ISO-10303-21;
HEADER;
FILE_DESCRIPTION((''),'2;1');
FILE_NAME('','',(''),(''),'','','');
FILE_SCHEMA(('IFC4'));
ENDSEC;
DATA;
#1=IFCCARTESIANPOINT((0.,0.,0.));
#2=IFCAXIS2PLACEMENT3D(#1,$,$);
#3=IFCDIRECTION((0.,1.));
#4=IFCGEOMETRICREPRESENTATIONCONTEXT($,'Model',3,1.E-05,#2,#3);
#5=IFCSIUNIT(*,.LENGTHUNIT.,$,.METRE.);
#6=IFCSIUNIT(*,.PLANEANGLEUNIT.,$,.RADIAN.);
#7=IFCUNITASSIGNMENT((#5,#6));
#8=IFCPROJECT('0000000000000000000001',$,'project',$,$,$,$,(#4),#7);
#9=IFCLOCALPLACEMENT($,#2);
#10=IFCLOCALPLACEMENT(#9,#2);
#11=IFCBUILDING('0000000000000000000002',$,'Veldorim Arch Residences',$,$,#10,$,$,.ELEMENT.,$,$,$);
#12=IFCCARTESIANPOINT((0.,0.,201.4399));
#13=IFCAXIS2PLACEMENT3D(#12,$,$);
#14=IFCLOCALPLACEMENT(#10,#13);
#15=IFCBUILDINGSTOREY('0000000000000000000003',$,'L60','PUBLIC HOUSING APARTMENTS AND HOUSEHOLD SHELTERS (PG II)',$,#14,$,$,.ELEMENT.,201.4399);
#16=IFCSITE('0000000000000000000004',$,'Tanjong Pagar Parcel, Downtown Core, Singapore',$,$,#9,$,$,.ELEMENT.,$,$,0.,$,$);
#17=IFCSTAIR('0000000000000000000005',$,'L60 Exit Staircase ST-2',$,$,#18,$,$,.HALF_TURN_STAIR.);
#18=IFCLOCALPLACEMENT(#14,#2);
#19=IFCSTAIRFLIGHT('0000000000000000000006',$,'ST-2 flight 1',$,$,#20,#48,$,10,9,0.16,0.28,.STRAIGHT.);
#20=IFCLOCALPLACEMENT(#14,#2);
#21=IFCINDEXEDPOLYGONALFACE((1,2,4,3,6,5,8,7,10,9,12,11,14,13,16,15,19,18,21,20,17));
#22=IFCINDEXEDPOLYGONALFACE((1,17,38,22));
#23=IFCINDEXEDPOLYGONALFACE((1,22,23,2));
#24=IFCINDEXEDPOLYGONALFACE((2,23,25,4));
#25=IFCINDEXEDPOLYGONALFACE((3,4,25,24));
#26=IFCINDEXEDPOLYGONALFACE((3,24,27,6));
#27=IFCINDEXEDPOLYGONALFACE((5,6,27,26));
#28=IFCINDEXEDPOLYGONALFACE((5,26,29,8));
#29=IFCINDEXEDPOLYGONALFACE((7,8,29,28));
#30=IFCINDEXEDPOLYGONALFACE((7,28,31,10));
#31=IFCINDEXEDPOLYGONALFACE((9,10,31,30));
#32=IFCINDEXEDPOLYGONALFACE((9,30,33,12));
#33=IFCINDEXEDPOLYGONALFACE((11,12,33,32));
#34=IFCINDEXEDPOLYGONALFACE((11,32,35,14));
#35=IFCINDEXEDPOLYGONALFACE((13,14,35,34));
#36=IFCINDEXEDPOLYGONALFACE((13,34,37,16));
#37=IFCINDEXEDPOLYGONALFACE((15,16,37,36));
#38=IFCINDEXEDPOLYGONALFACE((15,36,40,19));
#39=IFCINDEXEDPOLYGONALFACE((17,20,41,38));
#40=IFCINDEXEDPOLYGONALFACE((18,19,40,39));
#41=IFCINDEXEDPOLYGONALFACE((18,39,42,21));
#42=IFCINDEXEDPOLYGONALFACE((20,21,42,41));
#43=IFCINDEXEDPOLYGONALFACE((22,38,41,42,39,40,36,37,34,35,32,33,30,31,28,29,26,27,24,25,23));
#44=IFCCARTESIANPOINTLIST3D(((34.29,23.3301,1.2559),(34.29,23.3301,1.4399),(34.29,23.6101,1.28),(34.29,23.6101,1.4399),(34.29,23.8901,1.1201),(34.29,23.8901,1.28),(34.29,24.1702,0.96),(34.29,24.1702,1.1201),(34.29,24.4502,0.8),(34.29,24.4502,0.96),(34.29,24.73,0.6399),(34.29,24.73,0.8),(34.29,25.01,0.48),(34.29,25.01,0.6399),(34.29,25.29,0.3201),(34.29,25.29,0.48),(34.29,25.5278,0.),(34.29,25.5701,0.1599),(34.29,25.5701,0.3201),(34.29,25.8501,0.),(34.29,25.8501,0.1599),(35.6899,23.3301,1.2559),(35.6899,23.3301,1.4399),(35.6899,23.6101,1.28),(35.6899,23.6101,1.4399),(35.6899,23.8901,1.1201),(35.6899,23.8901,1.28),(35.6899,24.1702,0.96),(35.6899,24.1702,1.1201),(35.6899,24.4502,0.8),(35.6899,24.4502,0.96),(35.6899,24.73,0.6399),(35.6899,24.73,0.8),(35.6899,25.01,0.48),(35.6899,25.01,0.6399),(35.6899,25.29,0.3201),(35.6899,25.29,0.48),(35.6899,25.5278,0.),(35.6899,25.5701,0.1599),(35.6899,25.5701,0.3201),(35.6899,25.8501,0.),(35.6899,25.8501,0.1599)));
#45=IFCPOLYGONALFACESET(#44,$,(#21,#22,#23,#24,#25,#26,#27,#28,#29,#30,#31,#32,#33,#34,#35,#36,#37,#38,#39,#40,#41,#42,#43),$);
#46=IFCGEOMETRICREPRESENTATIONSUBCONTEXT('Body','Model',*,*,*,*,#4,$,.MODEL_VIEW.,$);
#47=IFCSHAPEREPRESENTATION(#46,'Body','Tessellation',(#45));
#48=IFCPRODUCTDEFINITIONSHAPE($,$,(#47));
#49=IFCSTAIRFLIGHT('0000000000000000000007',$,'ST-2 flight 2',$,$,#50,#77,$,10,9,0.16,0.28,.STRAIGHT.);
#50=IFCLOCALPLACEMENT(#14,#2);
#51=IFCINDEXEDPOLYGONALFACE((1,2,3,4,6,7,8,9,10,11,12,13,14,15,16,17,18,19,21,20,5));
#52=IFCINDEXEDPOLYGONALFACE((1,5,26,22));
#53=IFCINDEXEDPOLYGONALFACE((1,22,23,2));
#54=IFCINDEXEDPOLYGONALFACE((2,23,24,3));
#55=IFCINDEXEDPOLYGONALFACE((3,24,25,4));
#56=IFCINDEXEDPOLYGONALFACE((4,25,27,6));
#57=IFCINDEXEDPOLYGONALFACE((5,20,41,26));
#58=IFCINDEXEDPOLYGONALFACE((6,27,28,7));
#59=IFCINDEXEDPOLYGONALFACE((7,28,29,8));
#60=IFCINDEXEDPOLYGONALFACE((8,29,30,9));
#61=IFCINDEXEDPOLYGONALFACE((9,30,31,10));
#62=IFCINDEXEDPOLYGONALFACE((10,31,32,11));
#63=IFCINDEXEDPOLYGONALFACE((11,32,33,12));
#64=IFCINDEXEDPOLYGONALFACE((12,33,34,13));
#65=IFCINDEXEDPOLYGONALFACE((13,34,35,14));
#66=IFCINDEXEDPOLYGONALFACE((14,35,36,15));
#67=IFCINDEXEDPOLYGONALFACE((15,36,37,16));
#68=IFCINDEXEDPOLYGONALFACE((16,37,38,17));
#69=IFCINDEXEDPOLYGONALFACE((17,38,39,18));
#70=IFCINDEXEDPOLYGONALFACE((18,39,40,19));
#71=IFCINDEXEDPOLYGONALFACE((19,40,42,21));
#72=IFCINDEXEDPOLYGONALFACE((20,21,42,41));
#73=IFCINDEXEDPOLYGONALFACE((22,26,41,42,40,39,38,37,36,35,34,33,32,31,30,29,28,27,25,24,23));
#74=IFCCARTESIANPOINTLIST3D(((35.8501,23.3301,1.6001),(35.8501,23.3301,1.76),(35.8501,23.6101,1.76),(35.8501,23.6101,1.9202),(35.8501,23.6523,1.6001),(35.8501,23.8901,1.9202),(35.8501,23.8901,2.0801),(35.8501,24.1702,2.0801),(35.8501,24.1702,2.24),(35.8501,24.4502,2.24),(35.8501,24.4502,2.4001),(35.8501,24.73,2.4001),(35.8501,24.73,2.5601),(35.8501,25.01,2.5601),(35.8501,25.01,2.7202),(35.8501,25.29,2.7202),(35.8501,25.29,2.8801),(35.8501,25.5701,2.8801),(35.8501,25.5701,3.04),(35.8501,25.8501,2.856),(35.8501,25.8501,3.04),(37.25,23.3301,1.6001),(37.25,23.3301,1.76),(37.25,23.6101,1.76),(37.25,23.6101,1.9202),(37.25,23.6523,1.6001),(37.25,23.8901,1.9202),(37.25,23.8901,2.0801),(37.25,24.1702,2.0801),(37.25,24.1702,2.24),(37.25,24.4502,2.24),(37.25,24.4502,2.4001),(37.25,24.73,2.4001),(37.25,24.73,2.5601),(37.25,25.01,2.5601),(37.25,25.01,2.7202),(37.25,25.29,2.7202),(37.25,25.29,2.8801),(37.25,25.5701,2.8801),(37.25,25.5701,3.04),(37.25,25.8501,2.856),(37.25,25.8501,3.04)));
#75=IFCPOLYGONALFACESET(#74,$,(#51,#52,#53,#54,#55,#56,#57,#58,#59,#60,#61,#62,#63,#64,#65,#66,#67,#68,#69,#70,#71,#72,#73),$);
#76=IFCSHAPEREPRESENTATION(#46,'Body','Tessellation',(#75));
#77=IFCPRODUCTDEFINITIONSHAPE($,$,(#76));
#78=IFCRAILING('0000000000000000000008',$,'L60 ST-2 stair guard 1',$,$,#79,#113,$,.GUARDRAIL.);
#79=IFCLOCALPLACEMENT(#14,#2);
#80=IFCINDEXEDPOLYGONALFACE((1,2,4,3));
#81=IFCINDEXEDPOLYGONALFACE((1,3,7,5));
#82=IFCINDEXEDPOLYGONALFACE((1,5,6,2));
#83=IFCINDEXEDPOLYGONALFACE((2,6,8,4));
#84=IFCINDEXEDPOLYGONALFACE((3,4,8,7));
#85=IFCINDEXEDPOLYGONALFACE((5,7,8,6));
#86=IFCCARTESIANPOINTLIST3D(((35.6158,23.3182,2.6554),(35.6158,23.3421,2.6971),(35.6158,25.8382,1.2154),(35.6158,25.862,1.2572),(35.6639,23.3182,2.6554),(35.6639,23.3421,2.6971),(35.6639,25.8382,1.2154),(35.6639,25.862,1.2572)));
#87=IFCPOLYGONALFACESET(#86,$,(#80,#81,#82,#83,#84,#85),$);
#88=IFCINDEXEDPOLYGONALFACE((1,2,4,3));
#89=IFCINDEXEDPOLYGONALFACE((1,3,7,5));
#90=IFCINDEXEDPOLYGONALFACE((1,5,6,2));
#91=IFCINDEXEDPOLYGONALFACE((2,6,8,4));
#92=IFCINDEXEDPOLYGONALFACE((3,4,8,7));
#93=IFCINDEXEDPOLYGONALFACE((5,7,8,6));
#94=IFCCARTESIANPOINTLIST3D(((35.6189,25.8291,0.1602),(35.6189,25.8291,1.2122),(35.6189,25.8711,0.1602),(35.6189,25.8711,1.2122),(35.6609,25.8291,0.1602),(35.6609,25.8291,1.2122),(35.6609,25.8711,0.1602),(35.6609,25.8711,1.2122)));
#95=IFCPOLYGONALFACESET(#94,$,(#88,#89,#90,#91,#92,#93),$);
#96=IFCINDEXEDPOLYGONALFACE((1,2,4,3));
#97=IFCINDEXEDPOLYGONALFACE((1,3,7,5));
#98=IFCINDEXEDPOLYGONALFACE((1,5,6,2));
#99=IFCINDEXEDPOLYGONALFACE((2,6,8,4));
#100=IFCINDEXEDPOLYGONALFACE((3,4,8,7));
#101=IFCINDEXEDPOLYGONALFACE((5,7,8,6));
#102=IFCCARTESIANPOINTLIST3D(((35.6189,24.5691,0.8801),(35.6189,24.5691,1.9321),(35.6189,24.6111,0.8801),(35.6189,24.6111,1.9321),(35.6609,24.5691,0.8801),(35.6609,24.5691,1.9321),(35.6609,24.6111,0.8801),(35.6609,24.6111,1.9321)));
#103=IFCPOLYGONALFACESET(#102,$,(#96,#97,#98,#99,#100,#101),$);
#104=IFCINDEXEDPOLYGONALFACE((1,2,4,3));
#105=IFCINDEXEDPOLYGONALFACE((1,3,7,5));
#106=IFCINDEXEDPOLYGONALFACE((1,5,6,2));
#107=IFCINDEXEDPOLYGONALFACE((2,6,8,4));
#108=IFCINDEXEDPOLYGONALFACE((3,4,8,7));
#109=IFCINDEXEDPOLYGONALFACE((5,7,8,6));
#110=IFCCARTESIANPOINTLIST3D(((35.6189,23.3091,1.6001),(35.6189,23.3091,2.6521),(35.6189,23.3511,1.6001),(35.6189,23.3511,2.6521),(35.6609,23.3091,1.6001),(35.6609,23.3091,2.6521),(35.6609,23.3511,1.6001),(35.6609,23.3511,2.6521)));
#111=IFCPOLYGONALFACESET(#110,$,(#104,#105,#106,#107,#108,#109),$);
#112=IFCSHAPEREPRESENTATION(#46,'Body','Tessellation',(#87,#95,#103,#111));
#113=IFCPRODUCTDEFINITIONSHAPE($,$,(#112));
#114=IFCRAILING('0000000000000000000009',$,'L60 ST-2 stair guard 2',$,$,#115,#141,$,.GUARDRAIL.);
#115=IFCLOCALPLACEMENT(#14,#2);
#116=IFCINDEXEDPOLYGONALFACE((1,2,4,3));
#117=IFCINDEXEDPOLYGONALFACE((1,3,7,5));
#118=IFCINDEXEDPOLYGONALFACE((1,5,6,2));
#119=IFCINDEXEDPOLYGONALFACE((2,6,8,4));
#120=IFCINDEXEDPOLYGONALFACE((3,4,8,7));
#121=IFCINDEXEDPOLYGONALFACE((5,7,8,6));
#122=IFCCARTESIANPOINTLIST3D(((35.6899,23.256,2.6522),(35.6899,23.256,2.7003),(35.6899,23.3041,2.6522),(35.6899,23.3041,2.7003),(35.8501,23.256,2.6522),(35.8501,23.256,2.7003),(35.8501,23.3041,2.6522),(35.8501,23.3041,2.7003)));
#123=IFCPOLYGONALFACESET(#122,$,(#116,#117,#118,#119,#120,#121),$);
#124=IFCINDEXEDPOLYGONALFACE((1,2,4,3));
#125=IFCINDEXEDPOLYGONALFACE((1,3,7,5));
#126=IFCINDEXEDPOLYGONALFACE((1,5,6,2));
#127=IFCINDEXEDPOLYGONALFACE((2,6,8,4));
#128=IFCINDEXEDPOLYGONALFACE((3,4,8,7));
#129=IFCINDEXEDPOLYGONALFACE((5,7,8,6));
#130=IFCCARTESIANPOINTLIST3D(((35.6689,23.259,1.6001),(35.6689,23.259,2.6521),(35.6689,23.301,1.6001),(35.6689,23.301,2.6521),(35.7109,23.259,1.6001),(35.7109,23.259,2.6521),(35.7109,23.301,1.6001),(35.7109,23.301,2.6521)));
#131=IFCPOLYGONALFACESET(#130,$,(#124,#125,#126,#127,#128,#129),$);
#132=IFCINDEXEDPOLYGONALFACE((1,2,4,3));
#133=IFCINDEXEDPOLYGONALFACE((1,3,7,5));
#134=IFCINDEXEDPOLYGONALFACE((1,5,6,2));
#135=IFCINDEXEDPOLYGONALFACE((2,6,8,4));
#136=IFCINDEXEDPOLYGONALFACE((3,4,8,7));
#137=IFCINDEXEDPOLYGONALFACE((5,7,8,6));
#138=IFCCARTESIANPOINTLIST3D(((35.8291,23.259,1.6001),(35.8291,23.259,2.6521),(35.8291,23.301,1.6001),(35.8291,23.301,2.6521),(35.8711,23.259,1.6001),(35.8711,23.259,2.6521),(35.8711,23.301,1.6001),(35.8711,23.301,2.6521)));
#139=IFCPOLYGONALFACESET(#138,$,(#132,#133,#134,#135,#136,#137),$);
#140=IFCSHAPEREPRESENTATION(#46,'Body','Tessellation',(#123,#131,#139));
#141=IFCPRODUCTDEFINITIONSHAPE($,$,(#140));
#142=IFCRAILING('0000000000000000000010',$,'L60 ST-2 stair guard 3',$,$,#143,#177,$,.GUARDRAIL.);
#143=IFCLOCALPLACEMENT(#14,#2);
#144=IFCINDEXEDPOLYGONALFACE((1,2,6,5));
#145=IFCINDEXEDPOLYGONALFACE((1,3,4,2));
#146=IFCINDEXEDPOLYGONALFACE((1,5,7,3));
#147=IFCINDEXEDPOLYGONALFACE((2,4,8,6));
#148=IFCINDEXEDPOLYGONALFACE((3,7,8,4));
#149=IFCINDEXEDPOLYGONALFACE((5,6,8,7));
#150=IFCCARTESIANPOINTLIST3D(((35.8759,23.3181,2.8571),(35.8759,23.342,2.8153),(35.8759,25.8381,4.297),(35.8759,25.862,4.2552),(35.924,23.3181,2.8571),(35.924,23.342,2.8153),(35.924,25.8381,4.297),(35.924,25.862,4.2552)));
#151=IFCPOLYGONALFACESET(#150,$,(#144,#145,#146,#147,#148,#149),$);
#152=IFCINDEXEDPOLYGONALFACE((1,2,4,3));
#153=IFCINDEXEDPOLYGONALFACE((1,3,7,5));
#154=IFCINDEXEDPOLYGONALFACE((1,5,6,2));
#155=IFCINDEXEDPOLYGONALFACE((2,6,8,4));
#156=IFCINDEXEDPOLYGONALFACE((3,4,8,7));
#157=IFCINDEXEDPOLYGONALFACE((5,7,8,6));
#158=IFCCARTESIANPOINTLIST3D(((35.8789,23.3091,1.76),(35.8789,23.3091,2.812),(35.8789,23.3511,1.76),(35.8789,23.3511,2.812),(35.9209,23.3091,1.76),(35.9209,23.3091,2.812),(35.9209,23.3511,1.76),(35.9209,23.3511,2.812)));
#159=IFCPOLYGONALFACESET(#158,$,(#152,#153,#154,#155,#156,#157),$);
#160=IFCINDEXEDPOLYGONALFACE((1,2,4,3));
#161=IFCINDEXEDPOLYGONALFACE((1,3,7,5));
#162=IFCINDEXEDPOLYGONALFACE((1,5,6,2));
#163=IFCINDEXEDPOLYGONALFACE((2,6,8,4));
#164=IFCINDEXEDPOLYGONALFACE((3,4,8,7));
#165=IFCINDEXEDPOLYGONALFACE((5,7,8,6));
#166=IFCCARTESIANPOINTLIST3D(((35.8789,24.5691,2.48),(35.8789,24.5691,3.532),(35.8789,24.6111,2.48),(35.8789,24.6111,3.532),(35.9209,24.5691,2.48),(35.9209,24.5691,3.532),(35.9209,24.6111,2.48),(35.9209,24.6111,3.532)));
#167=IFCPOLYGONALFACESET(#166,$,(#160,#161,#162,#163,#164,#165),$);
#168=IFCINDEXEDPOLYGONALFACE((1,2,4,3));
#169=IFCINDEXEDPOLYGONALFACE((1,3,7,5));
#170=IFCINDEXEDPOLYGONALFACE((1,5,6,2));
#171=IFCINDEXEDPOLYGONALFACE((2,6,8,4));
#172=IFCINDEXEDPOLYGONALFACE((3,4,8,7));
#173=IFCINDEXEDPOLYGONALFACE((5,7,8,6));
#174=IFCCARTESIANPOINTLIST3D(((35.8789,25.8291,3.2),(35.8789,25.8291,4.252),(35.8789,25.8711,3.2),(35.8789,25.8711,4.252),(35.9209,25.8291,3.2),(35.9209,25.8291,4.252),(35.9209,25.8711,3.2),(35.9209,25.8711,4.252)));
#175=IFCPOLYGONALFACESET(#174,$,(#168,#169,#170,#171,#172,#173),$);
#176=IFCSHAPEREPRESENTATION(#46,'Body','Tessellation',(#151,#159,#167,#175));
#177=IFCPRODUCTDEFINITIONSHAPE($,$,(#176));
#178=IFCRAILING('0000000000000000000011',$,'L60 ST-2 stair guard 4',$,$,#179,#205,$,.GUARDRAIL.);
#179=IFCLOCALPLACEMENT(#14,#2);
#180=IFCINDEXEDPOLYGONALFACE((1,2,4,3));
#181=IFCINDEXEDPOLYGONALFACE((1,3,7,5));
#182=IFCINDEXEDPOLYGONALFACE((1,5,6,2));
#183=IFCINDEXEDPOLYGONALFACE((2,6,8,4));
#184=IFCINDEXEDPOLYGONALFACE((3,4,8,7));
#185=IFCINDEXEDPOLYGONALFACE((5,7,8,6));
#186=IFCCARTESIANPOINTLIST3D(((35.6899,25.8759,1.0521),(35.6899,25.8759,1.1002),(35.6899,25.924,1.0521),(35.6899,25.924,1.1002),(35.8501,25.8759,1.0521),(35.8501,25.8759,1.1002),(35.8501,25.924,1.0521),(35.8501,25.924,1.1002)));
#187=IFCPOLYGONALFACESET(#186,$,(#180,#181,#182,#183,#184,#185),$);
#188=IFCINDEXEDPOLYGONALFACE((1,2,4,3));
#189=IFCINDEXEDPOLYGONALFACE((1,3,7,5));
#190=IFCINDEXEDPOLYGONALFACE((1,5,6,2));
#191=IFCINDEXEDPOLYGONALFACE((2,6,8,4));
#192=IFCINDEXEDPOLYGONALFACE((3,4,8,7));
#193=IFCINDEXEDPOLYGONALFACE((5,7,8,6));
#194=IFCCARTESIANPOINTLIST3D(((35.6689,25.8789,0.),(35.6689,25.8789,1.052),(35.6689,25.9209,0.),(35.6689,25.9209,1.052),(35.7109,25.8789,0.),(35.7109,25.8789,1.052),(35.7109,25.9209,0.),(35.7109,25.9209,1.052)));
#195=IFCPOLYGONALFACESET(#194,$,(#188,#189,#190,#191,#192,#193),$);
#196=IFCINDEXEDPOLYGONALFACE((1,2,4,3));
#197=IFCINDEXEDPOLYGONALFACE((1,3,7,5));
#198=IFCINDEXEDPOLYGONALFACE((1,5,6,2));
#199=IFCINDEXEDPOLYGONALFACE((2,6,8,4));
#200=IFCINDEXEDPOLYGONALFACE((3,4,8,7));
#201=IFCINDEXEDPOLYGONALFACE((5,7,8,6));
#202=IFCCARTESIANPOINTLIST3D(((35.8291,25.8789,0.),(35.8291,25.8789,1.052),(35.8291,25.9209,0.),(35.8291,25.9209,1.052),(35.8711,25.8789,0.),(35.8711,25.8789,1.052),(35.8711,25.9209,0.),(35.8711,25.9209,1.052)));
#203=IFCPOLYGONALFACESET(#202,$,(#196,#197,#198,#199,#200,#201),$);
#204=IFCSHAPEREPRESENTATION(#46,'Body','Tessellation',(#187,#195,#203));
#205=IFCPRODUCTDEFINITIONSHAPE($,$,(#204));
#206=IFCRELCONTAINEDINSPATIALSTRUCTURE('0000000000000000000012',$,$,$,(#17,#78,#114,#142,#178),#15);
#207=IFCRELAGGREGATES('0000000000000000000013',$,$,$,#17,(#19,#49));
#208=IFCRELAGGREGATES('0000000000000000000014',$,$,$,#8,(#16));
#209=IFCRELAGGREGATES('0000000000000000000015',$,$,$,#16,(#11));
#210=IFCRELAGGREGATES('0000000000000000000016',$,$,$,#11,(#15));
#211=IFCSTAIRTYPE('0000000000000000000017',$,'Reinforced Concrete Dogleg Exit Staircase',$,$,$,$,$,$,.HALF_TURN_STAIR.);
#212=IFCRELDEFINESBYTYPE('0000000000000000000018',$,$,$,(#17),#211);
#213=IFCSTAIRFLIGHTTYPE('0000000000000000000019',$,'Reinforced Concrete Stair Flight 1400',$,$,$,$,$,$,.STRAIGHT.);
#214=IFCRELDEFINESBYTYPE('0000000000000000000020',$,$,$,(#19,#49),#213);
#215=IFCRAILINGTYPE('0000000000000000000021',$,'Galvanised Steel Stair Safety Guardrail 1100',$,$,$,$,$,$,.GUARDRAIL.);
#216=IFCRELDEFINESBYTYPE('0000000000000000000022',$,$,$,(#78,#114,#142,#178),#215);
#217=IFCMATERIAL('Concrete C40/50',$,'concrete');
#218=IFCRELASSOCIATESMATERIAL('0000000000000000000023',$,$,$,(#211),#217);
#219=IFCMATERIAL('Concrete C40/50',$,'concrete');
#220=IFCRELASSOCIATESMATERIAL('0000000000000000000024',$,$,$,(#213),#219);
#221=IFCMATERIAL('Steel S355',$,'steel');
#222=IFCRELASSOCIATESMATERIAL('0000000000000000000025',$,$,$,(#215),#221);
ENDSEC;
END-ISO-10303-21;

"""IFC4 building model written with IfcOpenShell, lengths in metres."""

from ifc_helpers import new_model, si_unit, direction, frame, origin, origin_2d, place, context, subcontext, project, spatial, polyline, rectangle, outline, extrude, material, type_object, element, aggregate, save


model = new_model("IFC4")

# Units and contexts
model_context = context("Model", 3, precision=1e-05, world=origin(), true_north=direction((0.0, 1.0)))
body_context = subcontext(model_context, "Body", "Model", "MODEL_VIEW")
ifc_project = project(units=[si_unit("LENGTHUNIT", "METRE"), si_unit("PLANEANGLEUNIT", "RADIAN")], contexts=[model_context])

# Site, building, storey
site_placement = place(None, origin())
site = spatial("IfcSite", under=ifc_project, at=site_placement, Name="Tanjong Pagar Parcel, Downtown Core, Singapore", CompositionType="ELEMENT", RefElevation=0.0)
building_placement = place(site_placement, origin())
building = spatial("IfcBuilding", under=site, at=building_placement, Name="Veldorim Arch Residences", CompositionType="ELEMENT")
storey_placement = place(building_placement, frame((0.0, 0.0, 201.4399)))
storey = spatial("IfcBuildingStorey", under=building, at=storey_placement, Name="L60", Description="PUBLIC HOUSING APARTMENTS AND HOUSEHOLD SHELTERS (PG II)", CompositionType="ELEMENT", Elevation=201.4399)

# Stair, stair flights
ifc_material_1 = material(Name="Concrete C40/50", Category="concrete")
stair_type = type_object("IfcStairType", Name="Reinforced Concrete Dogleg Exit Staircase", PredefinedType="HALF_TURN_STAIR", material=ifc_material_1)
stair_placement = place(storey_placement, origin())
stair = element("IfcStair", 1, at=stair_placement, inside=storey, type_object=stair_type, Name="L60 Exit Staircase ST-2", PredefinedType="HALF_TURN_STAIR")
ifc_material_2 = material(Name="Concrete C40/50", Category="concrete")
stair_flight_type = type_object("IfcStairFlightType", Name="Reinforced Concrete Stair Flight 1400", PredefinedType="STRAIGHT", material=ifc_material_2)
stair_flight_1_placement = place(storey_placement, frame((34.99, 25.8501, 0.0), z_axis=(0.0, 0.0, 1.0), x_axis=(0.0, -1.0, 0.0)))
stair_flight_1 = element("IfcStairFlight", 2, at=stair_flight_1_placement, type_object=stair_flight_type, Name="ST-2 flight 1", NumberOfRisers=10, NumberOfTreads=9, PredefinedType="STRAIGHT", RiserHeight=0.16, TreadLength=0.28, context=body_context, shape_type="SweptSolid", body=[
    extrude(outline(polyline([(0.0, 0.0), (0.0, 0.1599), (0.28, 0.1599), (0.28, 0.3201), (0.5601, 0.3201), (0.5601, 0.48), (0.8401, 0.48), (0.8401, 0.6399), (1.1201, 0.6399), (1.1201, 0.8), (1.3999, 0.8), (1.3999, 0.96), (1.6799, 0.96), (1.6799, 1.1201), (1.96, 1.1201), (1.96, 1.28), (2.24, 1.28), (2.24, 1.4399), (2.52, 1.4399), (2.52, 1.6001), (2.52, 1.2559), (0.3223, 0.0), (0.0, 0.0)])), frame((0.0, 0.7, 0.0), z_axis=(0.0, -1.0, 0.0), x_axis=(1.0, 0.0, 0.0)), (0.0, 0.0, 1.0), 1.3999),
])
stair_flight_2_placement = place(storey_placement, frame((36.55, 23.3301, 1.6001), z_axis=(0.0, 0.0, 1.0), x_axis=(0.0, 1.0, 0.0)))
stair_flight_2 = element("IfcStairFlight", 3, at=stair_flight_2_placement, type_object=stair_flight_type, Name="ST-2 flight 2", NumberOfRisers=10, NumberOfTreads=9, PredefinedType="STRAIGHT", RiserHeight=0.16, TreadLength=0.28, context=body_context, shape_type="SweptSolid", body=[
    extrude(outline(polyline([(0.0, 0.0), (0.0, 0.1599), (0.28, 0.1599), (0.28, 0.3201), (0.5601, 0.3201), (0.5601, 0.48), (0.8401, 0.48), (0.8401, 0.6399), (1.1201, 0.6399), (1.1201, 0.8), (1.3999, 0.8), (1.3999, 0.96), (1.6799, 0.96), (1.6799, 1.1201), (1.96, 1.1201), (1.96, 1.28), (2.24, 1.28), (2.24, 1.4399), (2.52, 1.4399), (2.52, 1.6001), (2.52, 1.2559), (0.3223, 0.0), (0.0, 0.0)])), frame((0.0, 0.7, 0.0), z_axis=(0.0, -1.0, 0.0), x_axis=(1.0, 0.0, 0.0)), (0.0, 0.0, 1.0), 1.3999),
])
aggregate(stair, [stair_flight_1, stair_flight_2])

# Railings
ifc_material_3 = material(Name="Steel S355", Category="steel")
railing_type_1 = type_object("IfcRailingType", Name="Galvanised Steel Stair Safety Guardrail 1100", PredefinedType="GUARDRAIL", material=ifc_material_3)
railing_1_placement = place(storey_placement, frame((35.6399, 25.8501, 0.1602)))
element("IfcRailing", 4, at=railing_1_placement, inside=storey, type_object=railing_type_1, Name="L60 ST-2 stair guard 1", PredefinedType="GUARDRAIL", context=body_context, shape_type="SweptSolid", body=[
    extrude(rectangle(XDim=0.0481, YDim=0.0481, at=origin_2d()), frame((0.0, 0.0, 1.0762), z_axis=(0.0, -0.868253, 0.496121), x_axis=(1.0, 0.0, 0.0)), (0.0, 0.0, 1.0), 2.9023),
    extrude(rectangle(XDim=0.042, YDim=0.042, at=origin_2d()), origin(), (0.0, 0.0, 1.0), 1.052),
    extrude(rectangle(XDim=0.042, YDim=0.042, at=origin_2d()), frame((0.0, -1.26, 0.72)), (0.0, 0.0, 1.0), 1.052),
    extrude(rectangle(XDim=0.042, YDim=0.042, at=origin_2d()), frame((0.0, -2.52, 1.4399)), (0.0, 0.0, 1.0), 1.052),
])
railing_2_placement = place(storey_placement, frame((35.6899, 23.28, 1.6001)))
element("IfcRailing", 5, at=railing_2_placement, inside=storey, type_object=railing_type_1, Name="L60 ST-2 stair guard 2", PredefinedType="GUARDRAIL", context=body_context, shape_type="SweptSolid", body=[
    extrude(rectangle(XDim=0.0481, YDim=0.0481, at=origin_2d()), frame((0.0, 0.0, 1.0762), z_axis=(1.0, 0.0, 0.0), x_axis=(0.0, 1.0, 0.0)), (0.0, 0.0, 1.0), 0.1602),
    extrude(rectangle(XDim=0.042, YDim=0.042, at=origin_2d()), origin(), (0.0, 0.0, 1.0), 1.052),
    extrude(rectangle(XDim=0.042, YDim=0.042, at=origin_2d()), frame((0.1602, 0.0, 0.0)), (0.0, 0.0, 1.0), 1.052),
])
railing_3_placement = place(storey_placement, frame((35.8999, 23.3301, 1.76)))
element("IfcRailing", 6, at=railing_3_placement, inside=storey, type_object=railing_type_1, Name="L60 ST-2 stair guard 3", PredefinedType="GUARDRAIL", context=body_context, shape_type="SweptSolid", body=[
    extrude(rectangle(XDim=0.0481, YDim=0.0481, at=origin_2d()), frame((0.0, 0.0, 1.0762), z_axis=(0.0, 0.868253, 0.496121), x_axis=(-1.0, 0.0, 0.0)), (0.0, 0.0, 1.0), 2.9023),
    extrude(rectangle(XDim=0.042, YDim=0.042, at=origin_2d()), origin(), (0.0, 0.0, 1.0), 1.052),
    extrude(rectangle(XDim=0.042, YDim=0.042, at=origin_2d()), frame((0.0, 1.26, 0.72)), (0.0, 0.0, 1.0), 1.052),
    extrude(rectangle(XDim=0.042, YDim=0.042, at=origin_2d()), frame((0.0, 2.52, 1.4399)), (0.0, 0.0, 1.0), 1.052),
])
railing_4_placement = place(storey_placement, frame((35.6899, 25.8999, 0.0)))
element("IfcRailing", 7, at=railing_4_placement, inside=storey, type_object=railing_type_1, Name="L60 ST-2 stair guard 4", PredefinedType="GUARDRAIL", context=body_context, shape_type="SweptSolid", body=[
    extrude(rectangle(XDim=0.0481, YDim=0.0481, at=origin_2d()), frame((0.0, 0.0, 1.0762), z_axis=(1.0, 0.0, 0.0), x_axis=(0.0, 1.0, 0.0)), (0.0, 0.0, 1.0), 0.1602),
    extrude(rectangle(XDim=0.042, YDim=0.042, at=origin_2d()), origin(), (0.0, 0.0, 1.0), 1.052),
    extrude(rectangle(XDim=0.042, YDim=0.042, at=origin_2d()), frame((0.1602, 0.0, 0.0)), (0.0, 0.0, 1.0), 1.052),
])

save(model, "model.ifc")
